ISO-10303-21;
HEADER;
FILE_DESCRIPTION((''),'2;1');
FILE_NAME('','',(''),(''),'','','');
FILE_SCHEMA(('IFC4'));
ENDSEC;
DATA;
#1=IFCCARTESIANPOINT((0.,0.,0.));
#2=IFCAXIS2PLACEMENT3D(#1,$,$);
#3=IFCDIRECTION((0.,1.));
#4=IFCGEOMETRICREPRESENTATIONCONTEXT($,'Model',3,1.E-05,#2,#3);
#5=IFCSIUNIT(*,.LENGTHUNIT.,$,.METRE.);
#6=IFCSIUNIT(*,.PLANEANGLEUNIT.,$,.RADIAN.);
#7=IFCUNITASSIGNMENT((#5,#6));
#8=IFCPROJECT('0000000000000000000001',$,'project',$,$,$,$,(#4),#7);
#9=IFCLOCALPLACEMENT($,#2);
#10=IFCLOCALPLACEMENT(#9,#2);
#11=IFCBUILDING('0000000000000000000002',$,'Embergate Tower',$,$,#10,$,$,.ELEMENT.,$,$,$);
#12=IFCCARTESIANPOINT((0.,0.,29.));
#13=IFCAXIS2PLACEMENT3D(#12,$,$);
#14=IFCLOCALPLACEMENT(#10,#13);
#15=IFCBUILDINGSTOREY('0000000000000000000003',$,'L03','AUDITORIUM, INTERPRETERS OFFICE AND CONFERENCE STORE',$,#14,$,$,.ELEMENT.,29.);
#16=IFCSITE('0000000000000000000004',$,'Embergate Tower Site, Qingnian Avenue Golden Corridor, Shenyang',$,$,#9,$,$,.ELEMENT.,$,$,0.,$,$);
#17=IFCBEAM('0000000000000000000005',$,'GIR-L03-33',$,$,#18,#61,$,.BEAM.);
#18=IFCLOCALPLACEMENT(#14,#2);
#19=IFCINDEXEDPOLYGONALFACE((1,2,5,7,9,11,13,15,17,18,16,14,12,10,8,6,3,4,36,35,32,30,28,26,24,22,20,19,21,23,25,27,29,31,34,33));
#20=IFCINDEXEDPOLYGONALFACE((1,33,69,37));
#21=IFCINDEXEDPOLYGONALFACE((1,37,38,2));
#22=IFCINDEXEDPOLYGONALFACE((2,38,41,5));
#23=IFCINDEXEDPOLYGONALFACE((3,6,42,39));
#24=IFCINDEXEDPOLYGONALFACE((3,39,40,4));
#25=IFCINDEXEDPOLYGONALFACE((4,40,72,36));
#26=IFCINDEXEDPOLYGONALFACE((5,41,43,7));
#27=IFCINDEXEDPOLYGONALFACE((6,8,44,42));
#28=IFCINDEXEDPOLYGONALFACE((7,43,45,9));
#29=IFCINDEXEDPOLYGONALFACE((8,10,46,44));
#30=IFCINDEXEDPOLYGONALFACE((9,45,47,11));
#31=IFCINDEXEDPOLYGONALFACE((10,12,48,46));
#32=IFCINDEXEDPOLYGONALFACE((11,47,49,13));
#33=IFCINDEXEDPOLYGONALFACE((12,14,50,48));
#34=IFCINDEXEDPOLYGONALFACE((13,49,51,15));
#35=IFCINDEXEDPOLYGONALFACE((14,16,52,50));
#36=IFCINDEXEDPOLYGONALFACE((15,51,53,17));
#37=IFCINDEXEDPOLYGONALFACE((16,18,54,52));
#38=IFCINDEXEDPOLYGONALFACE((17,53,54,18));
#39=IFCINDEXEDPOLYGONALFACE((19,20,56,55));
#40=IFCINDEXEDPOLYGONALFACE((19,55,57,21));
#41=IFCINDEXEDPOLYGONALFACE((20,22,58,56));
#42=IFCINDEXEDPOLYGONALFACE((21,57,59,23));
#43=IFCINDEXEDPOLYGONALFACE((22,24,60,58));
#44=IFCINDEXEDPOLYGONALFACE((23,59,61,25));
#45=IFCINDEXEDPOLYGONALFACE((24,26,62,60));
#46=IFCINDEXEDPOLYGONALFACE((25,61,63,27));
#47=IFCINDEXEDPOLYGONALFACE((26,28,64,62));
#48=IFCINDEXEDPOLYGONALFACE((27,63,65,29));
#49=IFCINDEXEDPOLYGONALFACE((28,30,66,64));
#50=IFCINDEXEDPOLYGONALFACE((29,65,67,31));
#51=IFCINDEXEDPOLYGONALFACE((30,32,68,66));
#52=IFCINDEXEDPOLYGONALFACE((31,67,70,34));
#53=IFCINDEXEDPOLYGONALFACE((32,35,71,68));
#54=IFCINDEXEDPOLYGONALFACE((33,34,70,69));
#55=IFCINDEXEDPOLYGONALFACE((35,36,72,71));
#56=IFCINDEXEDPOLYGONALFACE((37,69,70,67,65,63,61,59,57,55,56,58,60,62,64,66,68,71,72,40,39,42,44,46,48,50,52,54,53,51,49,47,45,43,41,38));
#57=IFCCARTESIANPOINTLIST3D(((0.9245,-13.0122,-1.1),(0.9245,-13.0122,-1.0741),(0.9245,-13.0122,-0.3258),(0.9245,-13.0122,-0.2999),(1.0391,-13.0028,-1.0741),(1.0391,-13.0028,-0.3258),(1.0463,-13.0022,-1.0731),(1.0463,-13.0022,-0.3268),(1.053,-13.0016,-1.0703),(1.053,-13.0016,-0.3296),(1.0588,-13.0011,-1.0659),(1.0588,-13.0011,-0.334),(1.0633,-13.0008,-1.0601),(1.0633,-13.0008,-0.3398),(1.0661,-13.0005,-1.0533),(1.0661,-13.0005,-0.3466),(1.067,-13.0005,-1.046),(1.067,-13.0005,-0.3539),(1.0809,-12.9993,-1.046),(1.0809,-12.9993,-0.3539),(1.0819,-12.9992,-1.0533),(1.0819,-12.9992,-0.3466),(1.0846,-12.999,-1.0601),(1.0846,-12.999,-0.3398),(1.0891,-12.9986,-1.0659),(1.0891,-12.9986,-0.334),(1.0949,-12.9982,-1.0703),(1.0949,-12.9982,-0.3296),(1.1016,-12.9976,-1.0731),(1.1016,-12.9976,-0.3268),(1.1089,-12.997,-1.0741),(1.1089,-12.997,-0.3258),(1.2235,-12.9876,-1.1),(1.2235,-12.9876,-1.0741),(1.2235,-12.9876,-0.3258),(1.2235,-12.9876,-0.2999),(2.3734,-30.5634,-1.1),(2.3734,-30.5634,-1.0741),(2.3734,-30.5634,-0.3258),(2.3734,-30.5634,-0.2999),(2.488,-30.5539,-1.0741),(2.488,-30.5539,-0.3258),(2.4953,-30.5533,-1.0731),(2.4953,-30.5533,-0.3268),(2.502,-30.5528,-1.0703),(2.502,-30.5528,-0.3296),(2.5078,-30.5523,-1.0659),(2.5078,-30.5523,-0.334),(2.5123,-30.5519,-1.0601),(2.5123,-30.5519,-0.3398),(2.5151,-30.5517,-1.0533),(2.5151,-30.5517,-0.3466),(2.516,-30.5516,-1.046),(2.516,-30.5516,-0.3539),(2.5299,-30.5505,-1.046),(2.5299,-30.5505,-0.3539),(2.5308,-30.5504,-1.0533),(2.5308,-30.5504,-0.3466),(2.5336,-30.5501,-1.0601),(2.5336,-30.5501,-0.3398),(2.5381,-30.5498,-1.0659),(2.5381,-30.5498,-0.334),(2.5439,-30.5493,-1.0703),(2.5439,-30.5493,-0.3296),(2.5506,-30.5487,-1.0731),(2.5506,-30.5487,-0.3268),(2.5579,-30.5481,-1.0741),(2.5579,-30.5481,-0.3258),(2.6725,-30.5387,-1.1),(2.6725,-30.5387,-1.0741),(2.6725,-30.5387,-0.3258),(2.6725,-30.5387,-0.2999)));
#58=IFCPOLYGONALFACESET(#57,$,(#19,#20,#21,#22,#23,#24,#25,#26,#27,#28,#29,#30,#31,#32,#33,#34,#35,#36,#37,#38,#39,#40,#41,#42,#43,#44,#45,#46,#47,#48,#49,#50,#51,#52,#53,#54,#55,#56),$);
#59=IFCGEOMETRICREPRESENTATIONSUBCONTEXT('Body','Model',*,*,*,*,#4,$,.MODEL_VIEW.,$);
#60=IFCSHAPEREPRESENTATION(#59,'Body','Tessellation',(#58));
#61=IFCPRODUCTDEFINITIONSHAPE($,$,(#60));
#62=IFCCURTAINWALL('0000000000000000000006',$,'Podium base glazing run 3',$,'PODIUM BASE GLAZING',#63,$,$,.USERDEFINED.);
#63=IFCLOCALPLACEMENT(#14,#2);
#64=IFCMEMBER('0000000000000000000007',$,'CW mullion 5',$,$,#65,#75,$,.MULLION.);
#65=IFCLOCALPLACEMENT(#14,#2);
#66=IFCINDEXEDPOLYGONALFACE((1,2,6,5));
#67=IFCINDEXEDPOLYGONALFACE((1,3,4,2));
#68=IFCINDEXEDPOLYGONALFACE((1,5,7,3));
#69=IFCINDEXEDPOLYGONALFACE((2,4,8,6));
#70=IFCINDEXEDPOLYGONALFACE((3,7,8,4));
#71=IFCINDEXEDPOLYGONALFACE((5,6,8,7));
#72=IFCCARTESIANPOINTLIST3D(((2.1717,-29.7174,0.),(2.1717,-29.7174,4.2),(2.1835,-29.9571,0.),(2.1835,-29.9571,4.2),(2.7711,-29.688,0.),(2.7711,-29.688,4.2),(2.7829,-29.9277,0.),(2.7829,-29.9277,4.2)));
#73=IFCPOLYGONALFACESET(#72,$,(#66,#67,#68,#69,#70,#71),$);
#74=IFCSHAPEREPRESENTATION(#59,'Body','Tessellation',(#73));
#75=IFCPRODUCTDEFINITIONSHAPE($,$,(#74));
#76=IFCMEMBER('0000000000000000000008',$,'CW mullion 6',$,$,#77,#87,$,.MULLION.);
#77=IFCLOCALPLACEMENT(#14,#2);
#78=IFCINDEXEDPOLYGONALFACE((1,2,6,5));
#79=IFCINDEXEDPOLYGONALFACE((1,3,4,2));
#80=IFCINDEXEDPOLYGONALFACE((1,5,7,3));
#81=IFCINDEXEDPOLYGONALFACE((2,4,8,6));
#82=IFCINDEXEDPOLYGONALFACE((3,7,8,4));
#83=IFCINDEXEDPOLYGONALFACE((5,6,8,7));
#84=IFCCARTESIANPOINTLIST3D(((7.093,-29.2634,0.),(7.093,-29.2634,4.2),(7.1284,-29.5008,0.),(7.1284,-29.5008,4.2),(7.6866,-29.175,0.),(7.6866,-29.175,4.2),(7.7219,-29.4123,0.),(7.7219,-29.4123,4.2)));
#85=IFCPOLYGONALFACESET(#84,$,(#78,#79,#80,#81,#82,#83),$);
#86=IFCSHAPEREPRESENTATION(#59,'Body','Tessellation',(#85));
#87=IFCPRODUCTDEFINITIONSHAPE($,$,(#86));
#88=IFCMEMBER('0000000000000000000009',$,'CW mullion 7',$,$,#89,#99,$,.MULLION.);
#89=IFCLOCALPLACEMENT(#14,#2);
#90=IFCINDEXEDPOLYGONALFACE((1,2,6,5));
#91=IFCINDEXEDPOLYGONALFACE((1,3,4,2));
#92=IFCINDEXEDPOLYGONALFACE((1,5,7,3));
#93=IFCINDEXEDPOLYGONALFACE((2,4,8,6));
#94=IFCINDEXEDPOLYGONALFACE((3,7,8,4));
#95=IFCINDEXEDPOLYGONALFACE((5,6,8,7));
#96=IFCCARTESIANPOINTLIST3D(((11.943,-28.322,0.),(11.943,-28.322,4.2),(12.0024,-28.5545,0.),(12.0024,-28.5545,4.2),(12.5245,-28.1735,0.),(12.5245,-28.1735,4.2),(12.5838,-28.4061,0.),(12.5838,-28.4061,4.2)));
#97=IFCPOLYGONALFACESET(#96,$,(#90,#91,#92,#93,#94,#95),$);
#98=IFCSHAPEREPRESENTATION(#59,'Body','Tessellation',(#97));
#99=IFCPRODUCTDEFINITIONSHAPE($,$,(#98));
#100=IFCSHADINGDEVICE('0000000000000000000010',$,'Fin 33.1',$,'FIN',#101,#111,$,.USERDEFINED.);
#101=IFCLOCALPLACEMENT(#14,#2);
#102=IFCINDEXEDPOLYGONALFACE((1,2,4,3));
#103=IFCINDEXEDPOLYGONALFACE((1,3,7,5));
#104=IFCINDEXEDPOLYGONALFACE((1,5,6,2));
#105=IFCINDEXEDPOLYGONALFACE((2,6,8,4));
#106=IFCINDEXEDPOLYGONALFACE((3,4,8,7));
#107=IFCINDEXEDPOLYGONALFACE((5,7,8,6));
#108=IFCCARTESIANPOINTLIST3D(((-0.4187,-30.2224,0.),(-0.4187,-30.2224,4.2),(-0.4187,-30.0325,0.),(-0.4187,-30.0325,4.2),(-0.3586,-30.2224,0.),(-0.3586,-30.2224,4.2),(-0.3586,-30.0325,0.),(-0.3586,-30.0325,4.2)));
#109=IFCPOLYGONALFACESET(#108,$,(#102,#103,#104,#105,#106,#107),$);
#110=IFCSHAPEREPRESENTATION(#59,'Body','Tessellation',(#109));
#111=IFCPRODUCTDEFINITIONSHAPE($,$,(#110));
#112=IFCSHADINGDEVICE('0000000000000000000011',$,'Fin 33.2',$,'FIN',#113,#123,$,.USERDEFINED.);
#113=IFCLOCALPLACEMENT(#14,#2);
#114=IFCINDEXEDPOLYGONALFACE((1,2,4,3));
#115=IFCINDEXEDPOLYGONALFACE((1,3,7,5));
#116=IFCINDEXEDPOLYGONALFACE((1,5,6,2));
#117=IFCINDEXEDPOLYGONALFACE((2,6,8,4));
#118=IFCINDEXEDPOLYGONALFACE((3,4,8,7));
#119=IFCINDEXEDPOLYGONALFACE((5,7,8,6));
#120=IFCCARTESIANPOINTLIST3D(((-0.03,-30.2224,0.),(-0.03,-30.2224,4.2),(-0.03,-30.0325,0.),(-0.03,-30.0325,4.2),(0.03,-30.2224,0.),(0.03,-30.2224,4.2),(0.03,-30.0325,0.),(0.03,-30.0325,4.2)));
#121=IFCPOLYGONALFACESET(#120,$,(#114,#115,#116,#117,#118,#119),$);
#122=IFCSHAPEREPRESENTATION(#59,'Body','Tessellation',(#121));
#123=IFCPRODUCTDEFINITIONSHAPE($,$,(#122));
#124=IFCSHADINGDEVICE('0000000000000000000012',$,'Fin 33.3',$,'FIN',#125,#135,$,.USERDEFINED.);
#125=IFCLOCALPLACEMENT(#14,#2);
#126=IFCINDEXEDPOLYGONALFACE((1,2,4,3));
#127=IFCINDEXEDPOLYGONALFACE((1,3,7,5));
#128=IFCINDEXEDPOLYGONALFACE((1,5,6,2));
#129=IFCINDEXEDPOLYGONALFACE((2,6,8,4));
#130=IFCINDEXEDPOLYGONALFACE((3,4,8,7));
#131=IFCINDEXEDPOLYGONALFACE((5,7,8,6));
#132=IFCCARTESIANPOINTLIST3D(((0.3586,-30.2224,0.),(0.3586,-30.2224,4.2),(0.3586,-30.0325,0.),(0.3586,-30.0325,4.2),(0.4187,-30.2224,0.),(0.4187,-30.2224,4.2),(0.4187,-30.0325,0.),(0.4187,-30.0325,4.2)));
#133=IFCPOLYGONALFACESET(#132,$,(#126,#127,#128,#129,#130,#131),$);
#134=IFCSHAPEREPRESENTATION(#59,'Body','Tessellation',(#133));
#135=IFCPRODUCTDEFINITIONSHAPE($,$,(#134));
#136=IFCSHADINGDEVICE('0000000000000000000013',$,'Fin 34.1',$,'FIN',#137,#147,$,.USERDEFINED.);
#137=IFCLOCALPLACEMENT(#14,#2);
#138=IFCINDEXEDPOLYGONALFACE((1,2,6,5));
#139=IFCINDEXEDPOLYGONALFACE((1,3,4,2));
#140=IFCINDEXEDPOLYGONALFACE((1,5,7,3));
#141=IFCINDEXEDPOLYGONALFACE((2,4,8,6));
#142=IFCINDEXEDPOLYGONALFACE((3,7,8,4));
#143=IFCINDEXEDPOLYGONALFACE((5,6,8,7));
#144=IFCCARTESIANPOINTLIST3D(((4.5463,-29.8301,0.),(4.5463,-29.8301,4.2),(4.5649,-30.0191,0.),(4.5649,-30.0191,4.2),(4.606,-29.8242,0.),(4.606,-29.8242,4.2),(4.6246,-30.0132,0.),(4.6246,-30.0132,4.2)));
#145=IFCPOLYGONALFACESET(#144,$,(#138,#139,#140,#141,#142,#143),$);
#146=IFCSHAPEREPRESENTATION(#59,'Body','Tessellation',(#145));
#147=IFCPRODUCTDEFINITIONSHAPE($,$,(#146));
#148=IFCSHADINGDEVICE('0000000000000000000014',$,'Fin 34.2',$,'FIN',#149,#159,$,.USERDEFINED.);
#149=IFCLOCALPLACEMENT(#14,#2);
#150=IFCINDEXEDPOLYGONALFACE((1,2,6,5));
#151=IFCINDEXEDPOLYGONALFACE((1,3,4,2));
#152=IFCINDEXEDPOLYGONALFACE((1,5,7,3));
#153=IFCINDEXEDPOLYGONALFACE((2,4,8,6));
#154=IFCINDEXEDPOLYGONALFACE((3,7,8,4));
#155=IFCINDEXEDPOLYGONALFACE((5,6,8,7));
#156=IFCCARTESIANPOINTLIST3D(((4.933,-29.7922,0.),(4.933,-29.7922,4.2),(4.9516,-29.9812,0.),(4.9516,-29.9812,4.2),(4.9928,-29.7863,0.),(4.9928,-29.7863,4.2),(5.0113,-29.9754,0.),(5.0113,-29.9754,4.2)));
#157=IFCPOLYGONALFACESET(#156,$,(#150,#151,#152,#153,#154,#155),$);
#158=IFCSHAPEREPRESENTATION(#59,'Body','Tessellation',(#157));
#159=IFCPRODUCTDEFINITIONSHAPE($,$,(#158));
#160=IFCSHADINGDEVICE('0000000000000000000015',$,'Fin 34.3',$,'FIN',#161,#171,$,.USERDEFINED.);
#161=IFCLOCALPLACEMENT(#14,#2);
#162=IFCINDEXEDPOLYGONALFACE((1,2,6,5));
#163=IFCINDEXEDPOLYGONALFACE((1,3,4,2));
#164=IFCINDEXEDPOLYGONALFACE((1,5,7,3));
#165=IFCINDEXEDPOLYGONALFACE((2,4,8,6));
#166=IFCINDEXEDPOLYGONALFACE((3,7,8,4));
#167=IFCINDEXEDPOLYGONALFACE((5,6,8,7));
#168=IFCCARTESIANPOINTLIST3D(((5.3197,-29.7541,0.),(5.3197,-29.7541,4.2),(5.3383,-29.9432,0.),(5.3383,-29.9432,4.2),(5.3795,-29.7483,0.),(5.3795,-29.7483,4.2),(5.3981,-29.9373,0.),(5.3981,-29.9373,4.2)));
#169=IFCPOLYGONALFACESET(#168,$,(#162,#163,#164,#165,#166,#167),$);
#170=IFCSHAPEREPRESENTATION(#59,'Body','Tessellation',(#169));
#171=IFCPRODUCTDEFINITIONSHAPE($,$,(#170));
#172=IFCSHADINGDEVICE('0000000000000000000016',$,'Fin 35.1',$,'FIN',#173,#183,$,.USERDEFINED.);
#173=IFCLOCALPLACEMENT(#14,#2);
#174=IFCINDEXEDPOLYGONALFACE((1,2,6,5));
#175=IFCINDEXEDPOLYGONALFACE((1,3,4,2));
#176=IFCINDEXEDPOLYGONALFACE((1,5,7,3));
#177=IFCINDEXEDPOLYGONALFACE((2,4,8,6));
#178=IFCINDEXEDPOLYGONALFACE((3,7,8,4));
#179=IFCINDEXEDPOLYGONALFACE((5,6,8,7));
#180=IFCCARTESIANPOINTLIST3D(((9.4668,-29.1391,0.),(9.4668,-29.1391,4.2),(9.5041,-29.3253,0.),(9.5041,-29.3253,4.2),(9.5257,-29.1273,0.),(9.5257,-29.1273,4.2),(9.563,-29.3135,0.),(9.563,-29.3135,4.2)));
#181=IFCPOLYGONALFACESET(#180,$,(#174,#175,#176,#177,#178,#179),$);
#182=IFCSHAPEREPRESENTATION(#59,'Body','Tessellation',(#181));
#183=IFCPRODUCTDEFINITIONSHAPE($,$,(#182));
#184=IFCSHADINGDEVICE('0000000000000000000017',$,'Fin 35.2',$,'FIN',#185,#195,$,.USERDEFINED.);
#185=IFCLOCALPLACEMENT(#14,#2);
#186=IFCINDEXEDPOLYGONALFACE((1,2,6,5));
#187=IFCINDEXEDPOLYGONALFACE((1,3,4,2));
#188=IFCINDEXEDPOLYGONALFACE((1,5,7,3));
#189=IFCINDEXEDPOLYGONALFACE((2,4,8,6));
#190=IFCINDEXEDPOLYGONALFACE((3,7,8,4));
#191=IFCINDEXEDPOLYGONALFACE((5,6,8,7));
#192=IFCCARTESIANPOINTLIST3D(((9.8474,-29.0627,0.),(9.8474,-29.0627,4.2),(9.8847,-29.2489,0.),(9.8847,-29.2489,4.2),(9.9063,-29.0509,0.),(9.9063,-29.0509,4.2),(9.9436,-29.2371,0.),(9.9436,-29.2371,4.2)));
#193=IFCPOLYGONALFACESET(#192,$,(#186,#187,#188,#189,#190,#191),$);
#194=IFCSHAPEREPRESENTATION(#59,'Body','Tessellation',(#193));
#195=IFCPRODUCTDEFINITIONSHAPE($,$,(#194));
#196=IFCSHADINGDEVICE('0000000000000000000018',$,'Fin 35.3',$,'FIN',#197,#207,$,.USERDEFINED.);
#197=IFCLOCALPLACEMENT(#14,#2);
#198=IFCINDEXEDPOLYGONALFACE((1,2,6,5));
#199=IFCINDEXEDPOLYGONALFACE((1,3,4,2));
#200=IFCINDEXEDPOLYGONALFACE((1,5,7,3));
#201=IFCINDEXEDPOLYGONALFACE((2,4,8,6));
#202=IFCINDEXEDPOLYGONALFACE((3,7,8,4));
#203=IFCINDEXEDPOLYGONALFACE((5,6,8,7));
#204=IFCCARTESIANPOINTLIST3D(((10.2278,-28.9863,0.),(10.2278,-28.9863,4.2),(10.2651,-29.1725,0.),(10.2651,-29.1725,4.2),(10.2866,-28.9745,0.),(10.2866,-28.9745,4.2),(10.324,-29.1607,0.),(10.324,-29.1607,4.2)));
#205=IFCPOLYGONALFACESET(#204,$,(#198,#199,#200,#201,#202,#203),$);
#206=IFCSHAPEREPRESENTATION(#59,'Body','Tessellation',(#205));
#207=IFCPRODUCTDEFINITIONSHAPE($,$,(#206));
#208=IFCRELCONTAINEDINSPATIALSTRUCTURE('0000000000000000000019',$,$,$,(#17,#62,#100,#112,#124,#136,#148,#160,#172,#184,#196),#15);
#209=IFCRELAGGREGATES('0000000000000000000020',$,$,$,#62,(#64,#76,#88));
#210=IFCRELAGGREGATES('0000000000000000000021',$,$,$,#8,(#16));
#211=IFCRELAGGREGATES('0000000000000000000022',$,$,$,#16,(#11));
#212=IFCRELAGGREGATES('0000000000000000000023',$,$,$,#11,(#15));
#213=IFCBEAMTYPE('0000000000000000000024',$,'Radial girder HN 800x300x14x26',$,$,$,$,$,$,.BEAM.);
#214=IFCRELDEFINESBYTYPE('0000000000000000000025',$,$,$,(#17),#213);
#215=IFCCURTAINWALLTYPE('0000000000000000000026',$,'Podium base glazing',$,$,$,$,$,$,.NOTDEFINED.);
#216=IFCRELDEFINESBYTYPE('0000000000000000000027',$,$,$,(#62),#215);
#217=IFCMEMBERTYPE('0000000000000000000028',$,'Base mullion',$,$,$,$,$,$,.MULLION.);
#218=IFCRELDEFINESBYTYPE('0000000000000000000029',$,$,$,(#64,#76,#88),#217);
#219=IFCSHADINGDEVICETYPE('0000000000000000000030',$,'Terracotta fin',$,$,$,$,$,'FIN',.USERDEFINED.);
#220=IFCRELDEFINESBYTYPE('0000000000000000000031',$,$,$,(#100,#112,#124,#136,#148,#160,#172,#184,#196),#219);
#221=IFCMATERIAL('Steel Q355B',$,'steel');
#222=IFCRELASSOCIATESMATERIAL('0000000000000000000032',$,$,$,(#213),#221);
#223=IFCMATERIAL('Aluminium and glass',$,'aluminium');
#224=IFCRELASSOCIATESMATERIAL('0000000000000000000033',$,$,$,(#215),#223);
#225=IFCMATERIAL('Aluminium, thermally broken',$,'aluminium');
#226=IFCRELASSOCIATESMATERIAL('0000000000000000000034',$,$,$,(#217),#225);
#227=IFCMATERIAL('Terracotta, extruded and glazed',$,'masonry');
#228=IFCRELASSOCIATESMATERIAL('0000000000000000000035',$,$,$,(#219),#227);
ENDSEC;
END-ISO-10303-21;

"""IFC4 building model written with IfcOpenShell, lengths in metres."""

from ifc_helpers import new_model, si_unit, direction, frame, origin, origin_2d, place, context, subcontext, project, spatial, rectangle, i_section, extrude, source, transform, mapped, material, material_profile, profile_set, type_object, element, aggregate, save


model = new_model("IFC4")

# Units and contexts
model_context = context("Model", 3, precision=1e-05, world=origin(), true_north=direction((0.0, 1.0)))
body_context = subcontext(model_context, "Body", "Model", "MODEL_VIEW")
ifc_project = project(units=[si_unit("LENGTHUNIT", "METRE"), si_unit("PLANEANGLEUNIT", "RADIAN")], contexts=[model_context])

# Site, building, storey
site_placement = place(None, origin())
site = spatial("IfcSite", under=ifc_project, at=site_placement, Name="Embergate Tower Site, Qingnian Avenue Golden Corridor, Shenyang", CompositionType="ELEMENT", RefElevation=0.0)
building_placement = place(site_placement, origin())
building = spatial("IfcBuilding", under=site, at=building_placement, Name="Embergate Tower", CompositionType="ELEMENT")
storey_placement = place(building_placement, frame((0.0, 0.0, 29.0)))
storey = spatial("IfcBuildingStorey", under=building, at=storey_placement, Name="L03", Description="AUDITORIUM, INTERPRETERS OFFICE AND CONFERENCE STORE", CompositionType="ELEMENT", Elevation=29.0)

# Beam
ifc_material_1 = material(Name="Steel Q355B", Category="steel")
ifc_material_profile_1 = material_profile(ifc_material_1, i_section(OverallWidth=0.3, OverallDepth=0.8, WebThickness=0.0139, FlangeThickness=0.0259, FilletRadius=0.0281, at=origin_2d()), Name="HN 800x300x14x26")
ifc_profile_set_1 = profile_set([ifc_material_profile_1], Name="Steel Q355 grade B")
beam_type_1 = type_object("IfcBeamType", Name="Radial girder HN 800x300x14x26", PredefinedType="BEAM", material=ifc_profile_set_1)
shared_shape_1 = source(origin(), body_context, "Body", "SweptSolid", [
    extrude(i_section(OverallWidth=0.3, OverallDepth=0.8, WebThickness=0.0139, FlangeThickness=0.0259, FilletRadius=0.0281, at=origin_2d()), origin(), (0.0, 0.0, 1.0), 17.6108),
])
beam_1_placement = place(storey_placement, frame((2.5229, -30.551, -0.7), z_axis=(-0.082278, 0.996609, 0.0), x_axis=(-0.996609, -0.082278, 0.0)))
element("IfcBeam", 1, at=beam_1_placement, inside=storey, type_object=beam_type_1, Name="GIR-L03-33", PredefinedType="BEAM", context=body_context, shape_type="MappedRepresentation", body=[
    mapped(shared_shape_1, transform((0.0, 0.0, 0.0))),
])

# Curtain wall, members
ifc_material_2 = material(Name="Aluminium and glass", Category="aluminium")
curtain_wall_type = type_object("IfcCurtainWallType", Name="Podium base glazing", PredefinedType="NOTDEFINED", material=ifc_material_2)
curtain_wall_placement = place(storey_placement, origin())
curtain_wall = element("IfcCurtainWall", 2, at=curtain_wall_placement, inside=storey, type_object=curtain_wall_type, Name="Podium base glazing run 3", ObjectType="PODIUM BASE GLAZING", PredefinedType="USERDEFINED")
ifc_material_3 = material(Name="Aluminium, thermally broken", Category="aluminium")
ifc_material_profile_2 = material_profile(ifc_material_3, rectangle(XDim=0.24, YDim=0.6001, at=origin_2d()), Name="AL 600x240")
ifc_profile_set_2 = profile_set([ifc_material_profile_2], Name="Aluminium, thermally broken")
member_type = type_object("IfcMemberType", Name="Base mullion", PredefinedType="MULLION", material=ifc_profile_set_2)
shared_shape_2 = source(origin(), body_context, "Body", "SweptSolid", [
    extrude(rectangle(XDim=0.24, YDim=0.6001, at=origin_2d()), origin(), (0.0, 0.0, 1.0), 4.2),
])
member_1_placement = place(storey_placement, frame((2.4773, -29.8225, 0.0), z_axis=(0.0, 0.0, 1.0), x_axis=(-0.048972, 0.9988, 0.0)))
member_1 = element("IfcMember", 3, at=member_1_placement, type_object=member_type, Name="CW mullion 5", PredefinedType="MULLION", context=body_context, shape_type="MappedRepresentation", body=[
    mapped(shared_shape_2, transform((0.0, 0.0, 0.0))),
])
member_2_placement = place(storey_placement, frame((7.4075, -29.3379, 0.0), z_axis=(0.0, 0.0, 1.0), x_axis=(-0.147416, 0.989075, 0.0)))
member_2 = element("IfcMember", 4, at=member_2_placement, type_object=member_type, Name="CW mullion 6", PredefinedType="MULLION", context=body_context, shape_type="MappedRepresentation", body=[
    mapped(shared_shape_2, transform((0.0, 0.0, 0.0))),
])
member_3_placement = place(storey_placement, frame((12.2634, -28.364, 0.0), z_axis=(0.0, 0.0, 1.0), x_axis=(-0.247317, 0.968935, 0.0)))
member_3 = element("IfcMember", 5, at=member_3_placement, type_object=member_type, Name="CW mullion 7", PredefinedType="MULLION", context=body_context, shape_type="MappedRepresentation", body=[
    mapped(shared_shape_2, transform((0.0, 0.0, 0.0))),
])
aggregate(curtain_wall, [member_1, member_2, member_3])

# Shading devices
ifc_material_4 = material(Name="Terracotta, extruded and glazed", Category="masonry")
ifc_material_profile_3 = material_profile(ifc_material_4, rectangle(XDim=0.1899, YDim=0.0601, at=origin_2d()), Name="TC 190x60")
ifc_profile_set_3 = profile_set([ifc_material_profile_3], Name="Terracotta, extruded and glazed")
shading_device_type = type_object("IfcShadingDeviceType", Name="Terracotta fin", ElementType="FIN", PredefinedType="USERDEFINED", material=ifc_profile_set_3)
shared_shape_3 = source(origin(), body_context, "Body", "SweptSolid", [
    extrude(rectangle(XDim=0.1899, YDim=0.0601, at=origin_2d()), origin(), (0.0, 0.0, 1.0), 4.2),
])
for number, where, z_axis, x_axis, name in (
    (6, (-0.3887, -30.1274, 0.0), (0.0, 0.0, 1.0), (0.0, 1.0, 0.0), "Fin 33.1"),
    (7, (0.0, -30.1274, 0.0), (0.0, 0.0, 1.0), (0.0, 1.0, 0.0), "Fin 33.2"),
    (8, (0.3887, -30.1274, 0.0), (0.0, 0.0, 1.0), (0.0, 1.0, 0.0), "Fin 33.3"),
    (9, (4.5854, -29.9216, 0.0), (0.0, 0.0, 1.0), (-0.097831, 0.995203, 0.0), "Fin 34.1"),
    (10, (4.9722, -29.8838, 0.0), (0.0, 0.0, 1.0), (-0.097831, 0.995203, 0.0), "Fin 34.2"),
    (11, (5.3589, -29.8457, 0.0), (0.0, 0.0, 1.0), (-0.097831, 0.995203, 0.0), "Fin 34.3"),
    (12, (9.5149, -29.2263, 0.0), (0.0, 0.0, 1.0), (-0.196644, 0.980475, 0.0), "Fin 35.1"),
    (13, (9.8955, -29.1499, 0.0), (0.0, 0.0, 1.0), (-0.196644, 0.980475, 0.0), "Fin 35.2"),
    (14, (10.2759, -29.0735, 0.0), (0.0, 0.0, 1.0), (-0.196644, 0.980475, 0.0), "Fin 35.3"),
):
    element("IfcShadingDevice", number, at=place(storey_placement, frame(where, z_axis=z_axis, x_axis=x_axis)), inside=storey, type_object=shading_device_type, Name=name, ObjectType="FIN", PredefinedType="USERDEFINED", context=body_context, shape_type="MappedRepresentation", body=[
        mapped(shared_shape_3, transform((0.0, 0.0, 0.0))),
    ])

save(model, "model.ifc")
